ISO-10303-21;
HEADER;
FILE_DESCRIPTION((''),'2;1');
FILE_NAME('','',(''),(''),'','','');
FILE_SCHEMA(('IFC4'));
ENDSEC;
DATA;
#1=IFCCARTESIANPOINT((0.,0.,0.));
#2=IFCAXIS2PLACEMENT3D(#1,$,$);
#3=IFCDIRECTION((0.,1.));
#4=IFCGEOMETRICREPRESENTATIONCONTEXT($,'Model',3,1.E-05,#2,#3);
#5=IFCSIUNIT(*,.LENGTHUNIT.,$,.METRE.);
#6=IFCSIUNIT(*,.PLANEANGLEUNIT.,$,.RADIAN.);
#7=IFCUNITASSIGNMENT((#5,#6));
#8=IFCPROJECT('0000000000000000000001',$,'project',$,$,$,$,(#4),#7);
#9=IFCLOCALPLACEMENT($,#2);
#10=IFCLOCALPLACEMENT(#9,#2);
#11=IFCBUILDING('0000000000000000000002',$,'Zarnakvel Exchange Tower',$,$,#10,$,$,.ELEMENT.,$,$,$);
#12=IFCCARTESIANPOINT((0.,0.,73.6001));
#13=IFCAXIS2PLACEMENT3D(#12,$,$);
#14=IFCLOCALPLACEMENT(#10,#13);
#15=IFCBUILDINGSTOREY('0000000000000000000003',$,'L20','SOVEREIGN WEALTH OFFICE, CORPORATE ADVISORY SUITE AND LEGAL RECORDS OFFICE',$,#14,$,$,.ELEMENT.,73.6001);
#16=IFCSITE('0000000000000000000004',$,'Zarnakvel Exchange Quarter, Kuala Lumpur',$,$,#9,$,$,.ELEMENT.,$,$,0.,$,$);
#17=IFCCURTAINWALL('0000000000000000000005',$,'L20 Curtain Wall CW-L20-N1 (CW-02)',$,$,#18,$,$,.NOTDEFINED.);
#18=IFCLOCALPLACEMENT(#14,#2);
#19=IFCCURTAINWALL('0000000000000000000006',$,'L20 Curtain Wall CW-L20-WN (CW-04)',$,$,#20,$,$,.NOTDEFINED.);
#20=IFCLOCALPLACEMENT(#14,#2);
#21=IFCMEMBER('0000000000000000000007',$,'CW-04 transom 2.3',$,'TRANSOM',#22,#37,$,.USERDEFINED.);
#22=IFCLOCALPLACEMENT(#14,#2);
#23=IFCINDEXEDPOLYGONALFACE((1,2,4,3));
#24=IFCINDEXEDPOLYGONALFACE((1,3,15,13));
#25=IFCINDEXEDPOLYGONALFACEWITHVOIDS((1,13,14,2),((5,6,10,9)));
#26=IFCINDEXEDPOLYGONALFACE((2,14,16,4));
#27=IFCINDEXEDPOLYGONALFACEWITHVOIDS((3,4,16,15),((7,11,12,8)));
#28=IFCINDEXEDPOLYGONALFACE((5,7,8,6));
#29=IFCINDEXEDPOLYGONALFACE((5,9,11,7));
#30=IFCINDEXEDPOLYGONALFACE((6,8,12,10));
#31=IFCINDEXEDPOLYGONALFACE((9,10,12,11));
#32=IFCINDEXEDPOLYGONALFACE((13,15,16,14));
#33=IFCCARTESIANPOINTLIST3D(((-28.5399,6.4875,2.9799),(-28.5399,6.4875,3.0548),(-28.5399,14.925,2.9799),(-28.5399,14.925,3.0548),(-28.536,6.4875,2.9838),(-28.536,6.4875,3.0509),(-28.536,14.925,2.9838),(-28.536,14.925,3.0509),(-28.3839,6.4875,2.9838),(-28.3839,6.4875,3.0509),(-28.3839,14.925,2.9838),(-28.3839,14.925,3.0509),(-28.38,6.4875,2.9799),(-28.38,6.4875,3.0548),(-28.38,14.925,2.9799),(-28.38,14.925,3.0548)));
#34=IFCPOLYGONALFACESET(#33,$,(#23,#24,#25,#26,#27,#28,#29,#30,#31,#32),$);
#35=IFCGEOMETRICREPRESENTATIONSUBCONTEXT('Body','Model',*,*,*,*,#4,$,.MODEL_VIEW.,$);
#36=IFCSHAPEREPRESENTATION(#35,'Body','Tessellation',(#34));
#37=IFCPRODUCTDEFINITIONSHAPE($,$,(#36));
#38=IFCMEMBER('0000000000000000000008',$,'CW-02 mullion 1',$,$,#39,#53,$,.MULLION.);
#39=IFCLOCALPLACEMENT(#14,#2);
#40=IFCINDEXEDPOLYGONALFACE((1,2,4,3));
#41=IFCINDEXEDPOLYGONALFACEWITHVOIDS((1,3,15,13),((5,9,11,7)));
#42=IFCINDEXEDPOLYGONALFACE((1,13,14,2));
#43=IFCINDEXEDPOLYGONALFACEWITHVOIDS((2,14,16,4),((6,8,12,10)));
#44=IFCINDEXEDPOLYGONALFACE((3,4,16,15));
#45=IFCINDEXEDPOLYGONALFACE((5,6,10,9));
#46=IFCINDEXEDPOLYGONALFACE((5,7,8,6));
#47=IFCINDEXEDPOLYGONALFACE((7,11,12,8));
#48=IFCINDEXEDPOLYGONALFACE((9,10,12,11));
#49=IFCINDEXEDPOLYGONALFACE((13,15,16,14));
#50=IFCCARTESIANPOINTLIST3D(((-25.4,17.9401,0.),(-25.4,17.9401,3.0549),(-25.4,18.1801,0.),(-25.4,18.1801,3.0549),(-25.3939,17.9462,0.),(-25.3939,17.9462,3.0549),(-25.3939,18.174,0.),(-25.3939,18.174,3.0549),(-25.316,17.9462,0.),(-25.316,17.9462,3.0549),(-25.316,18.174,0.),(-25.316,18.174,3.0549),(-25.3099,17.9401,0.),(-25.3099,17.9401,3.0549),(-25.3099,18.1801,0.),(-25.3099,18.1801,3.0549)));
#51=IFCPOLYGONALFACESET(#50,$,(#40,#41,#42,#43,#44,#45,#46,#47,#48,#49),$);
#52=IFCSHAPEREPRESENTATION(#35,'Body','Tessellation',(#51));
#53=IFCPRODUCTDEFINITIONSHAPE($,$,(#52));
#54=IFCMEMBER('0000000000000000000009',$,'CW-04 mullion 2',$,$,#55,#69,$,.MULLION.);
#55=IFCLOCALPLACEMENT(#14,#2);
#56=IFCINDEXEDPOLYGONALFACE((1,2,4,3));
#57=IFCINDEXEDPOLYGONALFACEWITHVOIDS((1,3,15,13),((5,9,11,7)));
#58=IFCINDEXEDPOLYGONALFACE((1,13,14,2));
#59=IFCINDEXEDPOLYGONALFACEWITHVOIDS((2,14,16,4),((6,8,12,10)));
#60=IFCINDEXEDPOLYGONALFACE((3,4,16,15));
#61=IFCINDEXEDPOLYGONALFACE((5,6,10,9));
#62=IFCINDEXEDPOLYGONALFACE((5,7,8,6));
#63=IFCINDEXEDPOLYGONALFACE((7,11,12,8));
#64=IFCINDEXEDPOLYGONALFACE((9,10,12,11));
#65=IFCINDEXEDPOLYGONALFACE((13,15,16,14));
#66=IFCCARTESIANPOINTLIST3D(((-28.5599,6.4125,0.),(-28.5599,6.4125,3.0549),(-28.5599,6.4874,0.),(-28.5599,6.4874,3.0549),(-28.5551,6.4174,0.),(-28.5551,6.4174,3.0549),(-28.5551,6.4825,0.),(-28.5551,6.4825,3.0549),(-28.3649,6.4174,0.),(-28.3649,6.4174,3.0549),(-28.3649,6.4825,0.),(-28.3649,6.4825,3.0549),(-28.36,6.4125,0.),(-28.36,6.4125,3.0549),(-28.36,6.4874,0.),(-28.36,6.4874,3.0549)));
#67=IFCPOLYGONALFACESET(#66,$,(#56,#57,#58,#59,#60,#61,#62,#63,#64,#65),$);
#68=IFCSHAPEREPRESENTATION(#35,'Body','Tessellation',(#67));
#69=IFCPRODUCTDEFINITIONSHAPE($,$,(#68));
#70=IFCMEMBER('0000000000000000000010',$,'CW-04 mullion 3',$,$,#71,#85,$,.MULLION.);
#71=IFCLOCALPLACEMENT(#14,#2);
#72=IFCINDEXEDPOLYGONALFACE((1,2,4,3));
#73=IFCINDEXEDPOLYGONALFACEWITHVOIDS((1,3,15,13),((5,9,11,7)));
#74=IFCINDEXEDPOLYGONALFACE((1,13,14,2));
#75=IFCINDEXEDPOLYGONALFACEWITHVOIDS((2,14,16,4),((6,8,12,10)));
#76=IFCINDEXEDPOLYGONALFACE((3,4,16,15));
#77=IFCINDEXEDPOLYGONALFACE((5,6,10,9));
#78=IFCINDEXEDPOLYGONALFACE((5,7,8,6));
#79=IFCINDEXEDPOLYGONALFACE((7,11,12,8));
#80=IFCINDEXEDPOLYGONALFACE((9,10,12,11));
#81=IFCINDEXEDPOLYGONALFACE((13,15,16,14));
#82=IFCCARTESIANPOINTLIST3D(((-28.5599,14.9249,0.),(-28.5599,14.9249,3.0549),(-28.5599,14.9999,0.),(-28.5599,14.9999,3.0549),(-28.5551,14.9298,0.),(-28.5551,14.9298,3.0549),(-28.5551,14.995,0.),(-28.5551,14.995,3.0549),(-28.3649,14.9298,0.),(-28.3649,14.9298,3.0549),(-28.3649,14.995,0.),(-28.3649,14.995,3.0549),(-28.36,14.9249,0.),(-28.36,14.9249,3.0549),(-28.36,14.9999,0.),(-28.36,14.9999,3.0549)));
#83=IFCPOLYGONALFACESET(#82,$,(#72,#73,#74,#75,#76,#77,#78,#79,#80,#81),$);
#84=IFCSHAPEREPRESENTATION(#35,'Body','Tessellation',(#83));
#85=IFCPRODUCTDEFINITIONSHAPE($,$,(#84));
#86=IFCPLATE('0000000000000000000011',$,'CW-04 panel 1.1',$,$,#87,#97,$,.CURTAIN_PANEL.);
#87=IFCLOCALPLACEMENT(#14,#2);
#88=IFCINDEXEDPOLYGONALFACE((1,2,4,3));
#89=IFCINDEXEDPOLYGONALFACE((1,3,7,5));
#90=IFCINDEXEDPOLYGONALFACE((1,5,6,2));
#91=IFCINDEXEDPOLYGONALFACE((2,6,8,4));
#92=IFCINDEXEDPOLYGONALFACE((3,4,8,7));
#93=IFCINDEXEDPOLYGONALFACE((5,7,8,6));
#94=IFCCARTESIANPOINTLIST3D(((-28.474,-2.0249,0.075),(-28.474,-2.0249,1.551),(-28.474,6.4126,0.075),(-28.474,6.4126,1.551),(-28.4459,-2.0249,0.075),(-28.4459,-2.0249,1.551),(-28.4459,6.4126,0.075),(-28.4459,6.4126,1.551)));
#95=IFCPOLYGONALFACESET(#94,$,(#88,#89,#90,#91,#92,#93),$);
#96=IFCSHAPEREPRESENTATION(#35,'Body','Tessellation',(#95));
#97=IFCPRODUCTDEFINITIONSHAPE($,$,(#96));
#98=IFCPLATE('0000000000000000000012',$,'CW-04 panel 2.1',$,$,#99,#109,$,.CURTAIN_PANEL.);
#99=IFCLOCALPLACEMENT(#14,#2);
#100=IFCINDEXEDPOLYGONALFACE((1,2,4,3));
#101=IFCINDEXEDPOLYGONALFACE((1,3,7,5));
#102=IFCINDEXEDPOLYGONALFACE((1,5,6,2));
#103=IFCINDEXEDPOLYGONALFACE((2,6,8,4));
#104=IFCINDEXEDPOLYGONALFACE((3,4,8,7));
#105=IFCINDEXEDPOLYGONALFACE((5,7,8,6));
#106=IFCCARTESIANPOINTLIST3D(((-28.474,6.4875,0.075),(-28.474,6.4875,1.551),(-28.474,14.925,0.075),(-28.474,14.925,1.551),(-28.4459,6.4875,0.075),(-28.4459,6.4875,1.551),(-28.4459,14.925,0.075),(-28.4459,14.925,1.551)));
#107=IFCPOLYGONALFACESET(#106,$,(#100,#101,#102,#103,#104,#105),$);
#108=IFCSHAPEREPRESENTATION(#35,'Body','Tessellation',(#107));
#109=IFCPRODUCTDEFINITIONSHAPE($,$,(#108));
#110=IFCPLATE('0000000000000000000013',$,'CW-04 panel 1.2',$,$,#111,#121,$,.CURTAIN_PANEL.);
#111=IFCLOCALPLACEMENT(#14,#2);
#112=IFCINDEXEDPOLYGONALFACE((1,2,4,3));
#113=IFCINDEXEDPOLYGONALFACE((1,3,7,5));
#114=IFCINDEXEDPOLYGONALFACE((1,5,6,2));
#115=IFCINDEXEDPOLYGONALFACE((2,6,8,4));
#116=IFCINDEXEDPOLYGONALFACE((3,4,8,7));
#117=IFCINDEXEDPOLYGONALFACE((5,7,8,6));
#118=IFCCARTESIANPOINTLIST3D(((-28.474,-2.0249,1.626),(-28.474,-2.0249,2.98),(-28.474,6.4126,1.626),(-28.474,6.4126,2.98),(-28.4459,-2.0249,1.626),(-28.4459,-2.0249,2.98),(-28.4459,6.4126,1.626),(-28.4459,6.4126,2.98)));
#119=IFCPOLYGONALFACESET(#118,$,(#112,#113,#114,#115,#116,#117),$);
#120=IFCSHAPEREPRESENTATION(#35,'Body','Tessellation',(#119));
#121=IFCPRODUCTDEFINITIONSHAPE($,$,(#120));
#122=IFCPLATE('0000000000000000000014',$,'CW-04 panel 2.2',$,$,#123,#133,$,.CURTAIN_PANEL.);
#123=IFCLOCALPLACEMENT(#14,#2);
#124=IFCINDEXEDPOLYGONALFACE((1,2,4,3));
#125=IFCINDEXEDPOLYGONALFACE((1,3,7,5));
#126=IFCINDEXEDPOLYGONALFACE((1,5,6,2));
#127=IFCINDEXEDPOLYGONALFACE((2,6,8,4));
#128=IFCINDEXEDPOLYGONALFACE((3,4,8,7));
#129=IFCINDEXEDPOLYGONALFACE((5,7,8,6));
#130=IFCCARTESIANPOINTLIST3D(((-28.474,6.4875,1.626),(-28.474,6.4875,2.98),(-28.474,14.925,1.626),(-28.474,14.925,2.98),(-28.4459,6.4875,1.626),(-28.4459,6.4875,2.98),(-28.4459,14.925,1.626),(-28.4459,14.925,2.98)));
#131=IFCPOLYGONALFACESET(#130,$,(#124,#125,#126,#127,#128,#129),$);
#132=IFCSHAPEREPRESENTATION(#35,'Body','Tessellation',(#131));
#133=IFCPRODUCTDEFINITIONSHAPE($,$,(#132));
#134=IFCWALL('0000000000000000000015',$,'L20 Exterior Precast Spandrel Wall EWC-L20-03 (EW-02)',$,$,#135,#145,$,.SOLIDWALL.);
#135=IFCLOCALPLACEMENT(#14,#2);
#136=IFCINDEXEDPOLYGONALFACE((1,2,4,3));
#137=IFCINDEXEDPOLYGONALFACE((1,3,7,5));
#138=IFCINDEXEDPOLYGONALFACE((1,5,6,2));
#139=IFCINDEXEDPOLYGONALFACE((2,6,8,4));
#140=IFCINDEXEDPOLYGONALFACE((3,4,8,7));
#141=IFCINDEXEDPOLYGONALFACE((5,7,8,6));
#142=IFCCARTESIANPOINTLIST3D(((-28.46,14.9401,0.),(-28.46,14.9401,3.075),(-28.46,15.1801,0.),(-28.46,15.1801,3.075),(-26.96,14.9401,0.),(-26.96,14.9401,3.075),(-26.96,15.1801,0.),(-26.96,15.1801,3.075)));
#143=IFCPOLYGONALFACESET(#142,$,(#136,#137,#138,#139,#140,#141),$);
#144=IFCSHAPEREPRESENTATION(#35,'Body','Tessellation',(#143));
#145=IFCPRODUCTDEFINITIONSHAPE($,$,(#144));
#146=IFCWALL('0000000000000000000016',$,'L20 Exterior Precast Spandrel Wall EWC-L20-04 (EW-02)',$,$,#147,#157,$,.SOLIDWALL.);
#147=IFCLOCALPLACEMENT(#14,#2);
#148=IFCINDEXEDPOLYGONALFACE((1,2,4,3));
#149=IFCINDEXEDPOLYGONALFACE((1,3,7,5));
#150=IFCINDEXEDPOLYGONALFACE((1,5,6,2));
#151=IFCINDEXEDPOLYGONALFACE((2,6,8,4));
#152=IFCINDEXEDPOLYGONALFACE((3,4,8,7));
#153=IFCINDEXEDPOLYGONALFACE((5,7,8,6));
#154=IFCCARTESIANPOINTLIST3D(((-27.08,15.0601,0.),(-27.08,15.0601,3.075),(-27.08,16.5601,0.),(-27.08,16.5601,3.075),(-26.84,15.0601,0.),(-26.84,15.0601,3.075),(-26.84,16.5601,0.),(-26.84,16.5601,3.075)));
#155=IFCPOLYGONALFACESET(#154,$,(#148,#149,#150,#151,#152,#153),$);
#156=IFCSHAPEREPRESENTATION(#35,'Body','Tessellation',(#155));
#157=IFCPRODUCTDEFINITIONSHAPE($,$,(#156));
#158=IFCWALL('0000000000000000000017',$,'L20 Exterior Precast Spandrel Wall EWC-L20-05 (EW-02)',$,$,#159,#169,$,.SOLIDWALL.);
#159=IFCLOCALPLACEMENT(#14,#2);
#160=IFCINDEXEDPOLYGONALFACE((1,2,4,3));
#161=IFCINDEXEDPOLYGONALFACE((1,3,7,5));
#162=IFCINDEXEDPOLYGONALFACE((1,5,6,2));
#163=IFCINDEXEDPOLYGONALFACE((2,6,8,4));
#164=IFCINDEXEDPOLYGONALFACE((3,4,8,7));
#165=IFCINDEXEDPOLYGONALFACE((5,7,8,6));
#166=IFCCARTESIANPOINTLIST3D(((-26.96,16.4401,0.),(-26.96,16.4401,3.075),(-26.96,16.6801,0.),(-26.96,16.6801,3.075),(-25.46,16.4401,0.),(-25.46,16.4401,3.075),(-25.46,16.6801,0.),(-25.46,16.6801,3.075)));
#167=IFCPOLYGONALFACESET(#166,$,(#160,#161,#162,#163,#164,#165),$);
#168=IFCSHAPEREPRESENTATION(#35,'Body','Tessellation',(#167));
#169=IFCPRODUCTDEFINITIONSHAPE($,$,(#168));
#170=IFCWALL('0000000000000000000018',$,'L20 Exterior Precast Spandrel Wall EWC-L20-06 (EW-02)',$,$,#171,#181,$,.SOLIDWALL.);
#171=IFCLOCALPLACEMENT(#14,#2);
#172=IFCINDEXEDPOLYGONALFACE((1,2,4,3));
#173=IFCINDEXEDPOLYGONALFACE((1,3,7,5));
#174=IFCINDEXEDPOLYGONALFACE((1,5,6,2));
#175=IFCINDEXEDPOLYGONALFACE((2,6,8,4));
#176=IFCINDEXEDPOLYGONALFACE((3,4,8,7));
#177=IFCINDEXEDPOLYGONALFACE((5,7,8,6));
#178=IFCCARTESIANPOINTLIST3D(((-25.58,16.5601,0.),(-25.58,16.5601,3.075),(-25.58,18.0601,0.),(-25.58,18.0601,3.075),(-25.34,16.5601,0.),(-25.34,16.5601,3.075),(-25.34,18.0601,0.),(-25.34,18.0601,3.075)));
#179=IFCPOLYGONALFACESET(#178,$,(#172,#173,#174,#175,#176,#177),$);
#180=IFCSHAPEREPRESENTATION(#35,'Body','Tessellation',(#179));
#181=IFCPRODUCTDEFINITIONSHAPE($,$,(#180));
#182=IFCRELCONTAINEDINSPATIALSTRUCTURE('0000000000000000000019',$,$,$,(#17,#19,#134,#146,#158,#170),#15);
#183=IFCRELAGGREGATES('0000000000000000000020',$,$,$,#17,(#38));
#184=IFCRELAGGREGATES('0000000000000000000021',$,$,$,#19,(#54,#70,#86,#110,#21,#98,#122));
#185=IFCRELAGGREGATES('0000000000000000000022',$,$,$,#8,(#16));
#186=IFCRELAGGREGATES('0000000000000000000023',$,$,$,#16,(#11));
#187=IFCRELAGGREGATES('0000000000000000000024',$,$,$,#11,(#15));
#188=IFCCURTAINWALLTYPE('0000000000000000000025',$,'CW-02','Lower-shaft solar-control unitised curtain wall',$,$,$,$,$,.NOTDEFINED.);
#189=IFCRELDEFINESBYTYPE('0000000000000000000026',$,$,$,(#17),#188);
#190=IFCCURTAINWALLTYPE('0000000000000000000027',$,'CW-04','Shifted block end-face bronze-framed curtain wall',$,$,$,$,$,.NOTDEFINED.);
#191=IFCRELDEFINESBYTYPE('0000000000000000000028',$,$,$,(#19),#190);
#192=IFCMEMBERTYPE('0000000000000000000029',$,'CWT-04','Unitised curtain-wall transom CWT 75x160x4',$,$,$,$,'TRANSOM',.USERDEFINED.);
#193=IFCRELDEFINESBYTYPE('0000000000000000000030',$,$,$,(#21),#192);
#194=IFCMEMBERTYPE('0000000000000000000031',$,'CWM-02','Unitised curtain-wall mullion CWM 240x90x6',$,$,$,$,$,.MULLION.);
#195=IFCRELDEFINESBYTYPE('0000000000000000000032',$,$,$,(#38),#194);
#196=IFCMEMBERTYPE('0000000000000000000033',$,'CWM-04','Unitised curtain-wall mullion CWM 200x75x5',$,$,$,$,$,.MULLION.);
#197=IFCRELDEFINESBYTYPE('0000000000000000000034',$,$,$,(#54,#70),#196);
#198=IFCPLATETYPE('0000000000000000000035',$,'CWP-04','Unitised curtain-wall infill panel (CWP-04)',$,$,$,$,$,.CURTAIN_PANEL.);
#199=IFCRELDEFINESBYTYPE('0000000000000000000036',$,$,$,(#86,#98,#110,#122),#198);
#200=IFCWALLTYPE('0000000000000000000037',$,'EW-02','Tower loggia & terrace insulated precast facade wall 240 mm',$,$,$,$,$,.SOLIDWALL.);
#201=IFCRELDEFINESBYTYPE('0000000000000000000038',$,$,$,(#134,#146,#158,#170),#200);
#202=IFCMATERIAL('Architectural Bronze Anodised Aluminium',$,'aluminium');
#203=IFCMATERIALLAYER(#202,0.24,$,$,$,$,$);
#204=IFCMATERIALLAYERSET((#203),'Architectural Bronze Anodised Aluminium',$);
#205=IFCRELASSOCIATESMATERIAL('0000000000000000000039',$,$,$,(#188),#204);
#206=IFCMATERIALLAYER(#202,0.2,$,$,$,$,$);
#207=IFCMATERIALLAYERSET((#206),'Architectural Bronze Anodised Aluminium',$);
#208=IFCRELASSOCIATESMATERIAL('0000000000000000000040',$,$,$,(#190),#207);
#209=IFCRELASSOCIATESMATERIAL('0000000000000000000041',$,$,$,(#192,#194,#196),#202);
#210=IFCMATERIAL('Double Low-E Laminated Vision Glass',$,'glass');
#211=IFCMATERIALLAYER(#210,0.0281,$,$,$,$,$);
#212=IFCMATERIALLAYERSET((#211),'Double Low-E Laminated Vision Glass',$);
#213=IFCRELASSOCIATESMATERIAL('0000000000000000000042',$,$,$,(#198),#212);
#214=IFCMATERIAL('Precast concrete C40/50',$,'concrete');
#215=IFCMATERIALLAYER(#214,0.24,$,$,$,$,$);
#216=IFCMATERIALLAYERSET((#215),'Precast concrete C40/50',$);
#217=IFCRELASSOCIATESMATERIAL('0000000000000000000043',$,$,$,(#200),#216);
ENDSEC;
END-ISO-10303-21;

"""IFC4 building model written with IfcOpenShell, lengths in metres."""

from ifc_helpers import new_model, si_unit, direction, frame, frame_2d, origin, origin_2d, place, context, subcontext, project, spatial, rectangle, hollow_rectangle, extrude, source, transform, mapped, material, layer, layer_set, material_profile, profile_set, type_object, element, aggregate, save


model = new_model("IFC4")

# Units and contexts
model_context = context("Model", 3, precision=1e-05, world=origin(), true_north=direction((0.0, 1.0)))
body_context = subcontext(model_context, "Body", "Model", "MODEL_VIEW")
ifc_project = project(units=[si_unit("LENGTHUNIT", "METRE"), si_unit("PLANEANGLEUNIT", "RADIAN")], contexts=[model_context])

# Site, building, storey
site_placement = place(None, origin())
site = spatial("IfcSite", under=ifc_project, at=site_placement, Name="Zarnakvel Exchange Quarter, Kuala Lumpur", CompositionType="ELEMENT", RefElevation=0.0)
building_placement = place(site_placement, origin())
building = spatial("IfcBuilding", under=site, at=building_placement, Name="Zarnakvel Exchange Tower", CompositionType="ELEMENT")
storey_placement = place(building_placement, frame((0.0, 0.0, 73.6001)))
storey = spatial("IfcBuildingStorey", under=building, at=storey_placement, Name="L20", Description="SOVEREIGN WEALTH OFFICE, CORPORATE ADVISORY SUITE AND LEGAL RECORDS OFFICE", CompositionType="ELEMENT", Elevation=73.6001)

# Curtain walls, member
ifc_material_1 = material(Name="Architectural Bronze Anodised Aluminium", Category="aluminium")
ifc_layer_1 = layer(ifc_material_1, 0.24)
ifc_layer_set_1 = layer_set([ifc_layer_1], Name="Architectural Bronze Anodised Aluminium")
curtain_wall_type_1 = type_object("IfcCurtainWallType", Name="CW-02", Description="Lower-shaft solar-control unitised curtain wall", PredefinedType="NOTDEFINED", material=ifc_layer_set_1)
curtain_wall_1_placement = place(storey_placement, origin())
curtain_wall_1 = element("IfcCurtainWall", 1, at=curtain_wall_1_placement, inside=storey, type_object=curtain_wall_type_1, Name="L20 Curtain Wall CW-L20-N1 (CW-02)", PredefinedType="NOTDEFINED")
ifc_layer_2 = layer(ifc_material_1, 0.2)
ifc_layer_set_2 = layer_set([ifc_layer_2], Name="Architectural Bronze Anodised Aluminium")
curtain_wall_type_2 = type_object("IfcCurtainWallType", Name="CW-04", Description="Shifted block end-face bronze-framed curtain wall", PredefinedType="NOTDEFINED", material=ifc_layer_set_2)
curtain_wall_2_placement = place(storey_placement, origin())
curtain_wall_2 = element("IfcCurtainWall", 2, at=curtain_wall_2_placement, inside=storey, type_object=curtain_wall_type_2, Name="L20 Curtain Wall CW-L20-WN (CW-04)", PredefinedType="NOTDEFINED")
ifc_material_profile_1 = material_profile(ifc_material_1, hollow_rectangle(XDim=0.1599, YDim=0.075, WallThickness=0.0039, at=origin_2d()))
ifc_profile_set_1 = profile_set([ifc_material_profile_1], Name="Architectural Bronze Anodised Aluminium")
member_type_1 = type_object("IfcMemberType", Name="CWT-04", Description="Unitised curtain-wall transom CWT 75x160x4", ElementType="TRANSOM", PredefinedType="USERDEFINED", material=ifc_profile_set_1)
shared_shape_1 = source(origin(), body_context, "Body", "SweptSolid", [
    extrude(hollow_rectangle(XDim=0.1599, YDim=0.075, WallThickness=0.0039, at=origin_2d()), origin(), (0.0, 0.0, 1.0), 8.4375),
])
member_1_placement = place(storey_placement, frame((-28.46, 6.4875, 3.0173), z_axis=(0.0, 1.0, 0.0), x_axis=(-1.0, 0.0, 0.0)))
member_1 = element("IfcMember", 3, at=member_1_placement, type_object=member_type_1, Name="CW-04 transom 2.3", ObjectType="TRANSOM", PredefinedType="USERDEFINED", context=body_context, shape_type="MappedRepresentation", body=[
    mapped(shared_shape_1, transform((0.0, 0.0, 0.0), x_axis=(1.0, 0.0, 0.0), y_axis=(0.0, 1.0, 0.0), z_axis=(0.0, 0.0, 1.0), scale=1.0)),
])

# Members
ifc_material_profile_2 = material_profile(ifc_material_1, hollow_rectangle(XDim=0.24, YDim=0.0901, WallThickness=0.0061, at=origin_2d()))
ifc_profile_set_2 = profile_set([ifc_material_profile_2], Name="Architectural Bronze Anodised Aluminium")
member_type_2 = type_object("IfcMemberType", Name="CWM-02", Description="Unitised curtain-wall mullion CWM 240x90x6", PredefinedType="MULLION", material=ifc_profile_set_2)
shared_shape_2 = source(origin(), body_context, "Body", "SweptSolid", [
    extrude(hollow_rectangle(XDim=0.24, YDim=0.0901, WallThickness=0.0061, at=origin_2d()), origin(), (0.0, 0.0, 1.0), 3.0549),
])
member_2_placement = place(storey_placement, frame((-25.355, 18.0601, 0.0), z_axis=(0.0, 0.0, 1.0), x_axis=(0.0, 1.0, 0.0)))
member_2 = element("IfcMember", 4, at=member_2_placement, type_object=member_type_2, Name="CW-02 mullion 1", PredefinedType="MULLION", context=body_context, shape_type="MappedRepresentation", body=[
    mapped(shared_shape_2, transform((0.0, 0.0, 0.0), x_axis=(1.0, 0.0, 0.0), y_axis=(0.0, 1.0, 0.0), z_axis=(0.0, 0.0, 1.0), scale=1.0)),
])
aggregate(curtain_wall_1, [member_2])
ifc_material_profile_3 = material_profile(ifc_material_1, hollow_rectangle(XDim=0.2, YDim=0.075, WallThickness=0.0049, at=origin_2d()))
ifc_profile_set_3 = profile_set([ifc_material_profile_3], Name="Architectural Bronze Anodised Aluminium")
member_type_3 = type_object("IfcMemberType", Name="CWM-04", Description="Unitised curtain-wall mullion CWM 200x75x5", PredefinedType="MULLION", material=ifc_profile_set_3)
shared_shape_3 = source(origin(), body_context, "Body", "SweptSolid", [
    extrude(hollow_rectangle(XDim=0.2, YDim=0.075, WallThickness=0.0049, at=origin_2d()), origin(), (0.0, 0.0, 1.0), 3.0549),
])
member_3_placement = place(storey_placement, frame((-28.46, 6.45, 0.0), z_axis=(0.0, 0.0, 1.0), x_axis=(-1.0, 0.0, 0.0)))
member_3 = element("IfcMember", 5, at=member_3_placement, type_object=member_type_3, Name="CW-04 mullion 2", PredefinedType="MULLION", context=body_context, shape_type="MappedRepresentation", body=[
    mapped(shared_shape_3, transform((0.0, 0.0, 0.0), x_axis=(1.0, 0.0, 0.0), y_axis=(0.0, 1.0, 0.0), z_axis=(0.0, 0.0, 1.0), scale=1.0)),
])
member_4_placement = place(storey_placement, frame((-28.46, 14.9624, 0.0), z_axis=(0.0, 0.0, 1.0), x_axis=(-1.0, 0.0, 0.0)))
member_4 = element("IfcMember", 6, at=member_4_placement, type_object=member_type_3, Name="CW-04 mullion 3", PredefinedType="MULLION", context=body_context, shape_type="MappedRepresentation", body=[
    mapped(shared_shape_3, transform((0.0, 0.0, 0.0), x_axis=(1.0, 0.0, 0.0), y_axis=(0.0, 1.0, 0.0), z_axis=(0.0, 0.0, 1.0), scale=1.0)),
])

# Plates
ifc_material_2 = material(Name="Double Low-E Laminated Vision Glass", Category="glass")
ifc_layer_3 = layer(ifc_material_2, 0.0281)
ifc_layer_set_3 = layer_set([ifc_layer_3], Name="Double Low-E Laminated Vision Glass")
plate_type = type_object("IfcPlateType", Name="CWP-04", Description="Unitised curtain-wall infill panel (CWP-04)", PredefinedType="CURTAIN_PANEL", material=ifc_layer_set_3)
shared_shape_4 = source(origin(), body_context, "Body", "SweptSolid", [
    extrude(rectangle(XDim=8.4375, YDim=0.0281, at=origin_2d()), origin(), (0.0, 0.0, 1.0), 1.4761),
])
plate_1_placement = place(storey_placement, frame((-28.46, 2.1938, 0.075), z_axis=(0.0, 0.0, 1.0), x_axis=(0.0, 1.0, 0.0)))
plate_1 = element("IfcPlate", 7, at=plate_1_placement, type_object=plate_type, Name="CW-04 panel 1.1", PredefinedType="CURTAIN_PANEL", context=body_context, shape_type="MappedRepresentation", body=[
    mapped(shared_shape_4, transform((0.0, 0.0, 0.0), x_axis=(1.0, 0.0, 0.0), y_axis=(0.0, 1.0, 0.0), z_axis=(0.0, 0.0, 1.0), scale=1.0)),
])
plate_2_placement = place(storey_placement, frame((-28.46, 10.7063, 0.075), z_axis=(0.0, 0.0, 1.0), x_axis=(0.0, 1.0, 0.0)))
plate_2 = element("IfcPlate", 8, at=plate_2_placement, type_object=plate_type, Name="CW-04 panel 2.1", PredefinedType="CURTAIN_PANEL", context=body_context, shape_type="MappedRepresentation", body=[
    mapped(shared_shape_4, transform((0.0, 0.0, 0.0), x_axis=(1.0, 0.0, 0.0), y_axis=(0.0, 1.0, 0.0), z_axis=(0.0, 0.0, 1.0), scale=1.0)),
])
shared_shape_5 = source(origin(), body_context, "Body", "SweptSolid", [
    extrude(rectangle(XDim=8.4375, YDim=0.0281, at=origin_2d()), origin(), (0.0, 0.0, 1.0), 1.354),
])
plate_3_placement = place(storey_placement, frame((-28.46, 2.1938, 1.626), z_axis=(0.0, 0.0, 1.0), x_axis=(0.0, 1.0, 0.0)))
plate_3 = element("IfcPlate", 9, at=plate_3_placement, type_object=plate_type, Name="CW-04 panel 1.2", PredefinedType="CURTAIN_PANEL", context=body_context, shape_type="MappedRepresentation", body=[
    mapped(shared_shape_5, transform((0.0, 0.0, 0.0), x_axis=(1.0, 0.0, 0.0), y_axis=(0.0, 1.0, 0.0), z_axis=(0.0, 0.0, 1.0), scale=1.0)),
])
plate_4_placement = place(storey_placement, frame((-28.46, 10.7063, 1.626), z_axis=(0.0, 0.0, 1.0), x_axis=(0.0, 1.0, 0.0)))
plate_4 = element("IfcPlate", 10, at=plate_4_placement, type_object=plate_type, Name="CW-04 panel 2.2", PredefinedType="CURTAIN_PANEL", context=body_context, shape_type="MappedRepresentation", body=[
    mapped(shared_shape_5, transform((0.0, 0.0, 0.0), x_axis=(1.0, 0.0, 0.0), y_axis=(0.0, 1.0, 0.0), z_axis=(0.0, 0.0, 1.0), scale=1.0)),
])
aggregate(curtain_wall_2, [member_3, member_4, plate_1, plate_3, member_1, plate_2, plate_4])

# Walls
ifc_material_3 = material(Name="Precast concrete C40/50", Category="concrete")
ifc_layer_4 = layer(ifc_material_3, 0.24)
ifc_layer_set_4 = layer_set([ifc_layer_4], Name="Precast concrete C40/50")
wall_type_1 = type_object("IfcWallType", Name="EW-02", Description="Tower loggia & terrace insulated precast facade wall 240 mm", PredefinedType="SOLIDWALL", material=ifc_layer_set_4)
for number, where, z_axis, x_axis, name in (
    (11, (-26.96, 15.0601, 0.0), (0.0, 0.0, 1.0), (-1.0, 0.0, 0.0), "L20 Exterior Precast Spandrel Wall EWC-L20-03 (EW-02)"),
    (12, (-26.96, 16.5601, 0.0), (0.0, 0.0, 1.0), (0.0, -1.0, 0.0), "L20 Exterior Precast Spandrel Wall EWC-L20-04 (EW-02)"),
    (13, (-25.46, 16.5601, 0.0), (0.0, 0.0, 1.0), (-1.0, 0.0, 0.0), "L20 Exterior Precast Spandrel Wall EWC-L20-05 (EW-02)"),
    (14, (-25.46, 18.0601, 0.0), (0.0, 0.0, 1.0), (0.0, -1.0, 0.0), "L20 Exterior Precast Spandrel Wall EWC-L20-06 (EW-02)"),
):
    element("IfcWall", number, at=place(storey_placement, frame(where, z_axis=z_axis, x_axis=x_axis)), inside=storey, type_object=wall_type_1, Name=name, PredefinedType="SOLIDWALL", context=body_context, shape_type="SweptSolid", body=[
        extrude(rectangle(XDim=1.5, YDim=0.24, at=frame_2d((0.75, 0.0))), origin(), (0.0, 0.0, 1.0), 3.075),
    ])

save(model, "model.ifc")
